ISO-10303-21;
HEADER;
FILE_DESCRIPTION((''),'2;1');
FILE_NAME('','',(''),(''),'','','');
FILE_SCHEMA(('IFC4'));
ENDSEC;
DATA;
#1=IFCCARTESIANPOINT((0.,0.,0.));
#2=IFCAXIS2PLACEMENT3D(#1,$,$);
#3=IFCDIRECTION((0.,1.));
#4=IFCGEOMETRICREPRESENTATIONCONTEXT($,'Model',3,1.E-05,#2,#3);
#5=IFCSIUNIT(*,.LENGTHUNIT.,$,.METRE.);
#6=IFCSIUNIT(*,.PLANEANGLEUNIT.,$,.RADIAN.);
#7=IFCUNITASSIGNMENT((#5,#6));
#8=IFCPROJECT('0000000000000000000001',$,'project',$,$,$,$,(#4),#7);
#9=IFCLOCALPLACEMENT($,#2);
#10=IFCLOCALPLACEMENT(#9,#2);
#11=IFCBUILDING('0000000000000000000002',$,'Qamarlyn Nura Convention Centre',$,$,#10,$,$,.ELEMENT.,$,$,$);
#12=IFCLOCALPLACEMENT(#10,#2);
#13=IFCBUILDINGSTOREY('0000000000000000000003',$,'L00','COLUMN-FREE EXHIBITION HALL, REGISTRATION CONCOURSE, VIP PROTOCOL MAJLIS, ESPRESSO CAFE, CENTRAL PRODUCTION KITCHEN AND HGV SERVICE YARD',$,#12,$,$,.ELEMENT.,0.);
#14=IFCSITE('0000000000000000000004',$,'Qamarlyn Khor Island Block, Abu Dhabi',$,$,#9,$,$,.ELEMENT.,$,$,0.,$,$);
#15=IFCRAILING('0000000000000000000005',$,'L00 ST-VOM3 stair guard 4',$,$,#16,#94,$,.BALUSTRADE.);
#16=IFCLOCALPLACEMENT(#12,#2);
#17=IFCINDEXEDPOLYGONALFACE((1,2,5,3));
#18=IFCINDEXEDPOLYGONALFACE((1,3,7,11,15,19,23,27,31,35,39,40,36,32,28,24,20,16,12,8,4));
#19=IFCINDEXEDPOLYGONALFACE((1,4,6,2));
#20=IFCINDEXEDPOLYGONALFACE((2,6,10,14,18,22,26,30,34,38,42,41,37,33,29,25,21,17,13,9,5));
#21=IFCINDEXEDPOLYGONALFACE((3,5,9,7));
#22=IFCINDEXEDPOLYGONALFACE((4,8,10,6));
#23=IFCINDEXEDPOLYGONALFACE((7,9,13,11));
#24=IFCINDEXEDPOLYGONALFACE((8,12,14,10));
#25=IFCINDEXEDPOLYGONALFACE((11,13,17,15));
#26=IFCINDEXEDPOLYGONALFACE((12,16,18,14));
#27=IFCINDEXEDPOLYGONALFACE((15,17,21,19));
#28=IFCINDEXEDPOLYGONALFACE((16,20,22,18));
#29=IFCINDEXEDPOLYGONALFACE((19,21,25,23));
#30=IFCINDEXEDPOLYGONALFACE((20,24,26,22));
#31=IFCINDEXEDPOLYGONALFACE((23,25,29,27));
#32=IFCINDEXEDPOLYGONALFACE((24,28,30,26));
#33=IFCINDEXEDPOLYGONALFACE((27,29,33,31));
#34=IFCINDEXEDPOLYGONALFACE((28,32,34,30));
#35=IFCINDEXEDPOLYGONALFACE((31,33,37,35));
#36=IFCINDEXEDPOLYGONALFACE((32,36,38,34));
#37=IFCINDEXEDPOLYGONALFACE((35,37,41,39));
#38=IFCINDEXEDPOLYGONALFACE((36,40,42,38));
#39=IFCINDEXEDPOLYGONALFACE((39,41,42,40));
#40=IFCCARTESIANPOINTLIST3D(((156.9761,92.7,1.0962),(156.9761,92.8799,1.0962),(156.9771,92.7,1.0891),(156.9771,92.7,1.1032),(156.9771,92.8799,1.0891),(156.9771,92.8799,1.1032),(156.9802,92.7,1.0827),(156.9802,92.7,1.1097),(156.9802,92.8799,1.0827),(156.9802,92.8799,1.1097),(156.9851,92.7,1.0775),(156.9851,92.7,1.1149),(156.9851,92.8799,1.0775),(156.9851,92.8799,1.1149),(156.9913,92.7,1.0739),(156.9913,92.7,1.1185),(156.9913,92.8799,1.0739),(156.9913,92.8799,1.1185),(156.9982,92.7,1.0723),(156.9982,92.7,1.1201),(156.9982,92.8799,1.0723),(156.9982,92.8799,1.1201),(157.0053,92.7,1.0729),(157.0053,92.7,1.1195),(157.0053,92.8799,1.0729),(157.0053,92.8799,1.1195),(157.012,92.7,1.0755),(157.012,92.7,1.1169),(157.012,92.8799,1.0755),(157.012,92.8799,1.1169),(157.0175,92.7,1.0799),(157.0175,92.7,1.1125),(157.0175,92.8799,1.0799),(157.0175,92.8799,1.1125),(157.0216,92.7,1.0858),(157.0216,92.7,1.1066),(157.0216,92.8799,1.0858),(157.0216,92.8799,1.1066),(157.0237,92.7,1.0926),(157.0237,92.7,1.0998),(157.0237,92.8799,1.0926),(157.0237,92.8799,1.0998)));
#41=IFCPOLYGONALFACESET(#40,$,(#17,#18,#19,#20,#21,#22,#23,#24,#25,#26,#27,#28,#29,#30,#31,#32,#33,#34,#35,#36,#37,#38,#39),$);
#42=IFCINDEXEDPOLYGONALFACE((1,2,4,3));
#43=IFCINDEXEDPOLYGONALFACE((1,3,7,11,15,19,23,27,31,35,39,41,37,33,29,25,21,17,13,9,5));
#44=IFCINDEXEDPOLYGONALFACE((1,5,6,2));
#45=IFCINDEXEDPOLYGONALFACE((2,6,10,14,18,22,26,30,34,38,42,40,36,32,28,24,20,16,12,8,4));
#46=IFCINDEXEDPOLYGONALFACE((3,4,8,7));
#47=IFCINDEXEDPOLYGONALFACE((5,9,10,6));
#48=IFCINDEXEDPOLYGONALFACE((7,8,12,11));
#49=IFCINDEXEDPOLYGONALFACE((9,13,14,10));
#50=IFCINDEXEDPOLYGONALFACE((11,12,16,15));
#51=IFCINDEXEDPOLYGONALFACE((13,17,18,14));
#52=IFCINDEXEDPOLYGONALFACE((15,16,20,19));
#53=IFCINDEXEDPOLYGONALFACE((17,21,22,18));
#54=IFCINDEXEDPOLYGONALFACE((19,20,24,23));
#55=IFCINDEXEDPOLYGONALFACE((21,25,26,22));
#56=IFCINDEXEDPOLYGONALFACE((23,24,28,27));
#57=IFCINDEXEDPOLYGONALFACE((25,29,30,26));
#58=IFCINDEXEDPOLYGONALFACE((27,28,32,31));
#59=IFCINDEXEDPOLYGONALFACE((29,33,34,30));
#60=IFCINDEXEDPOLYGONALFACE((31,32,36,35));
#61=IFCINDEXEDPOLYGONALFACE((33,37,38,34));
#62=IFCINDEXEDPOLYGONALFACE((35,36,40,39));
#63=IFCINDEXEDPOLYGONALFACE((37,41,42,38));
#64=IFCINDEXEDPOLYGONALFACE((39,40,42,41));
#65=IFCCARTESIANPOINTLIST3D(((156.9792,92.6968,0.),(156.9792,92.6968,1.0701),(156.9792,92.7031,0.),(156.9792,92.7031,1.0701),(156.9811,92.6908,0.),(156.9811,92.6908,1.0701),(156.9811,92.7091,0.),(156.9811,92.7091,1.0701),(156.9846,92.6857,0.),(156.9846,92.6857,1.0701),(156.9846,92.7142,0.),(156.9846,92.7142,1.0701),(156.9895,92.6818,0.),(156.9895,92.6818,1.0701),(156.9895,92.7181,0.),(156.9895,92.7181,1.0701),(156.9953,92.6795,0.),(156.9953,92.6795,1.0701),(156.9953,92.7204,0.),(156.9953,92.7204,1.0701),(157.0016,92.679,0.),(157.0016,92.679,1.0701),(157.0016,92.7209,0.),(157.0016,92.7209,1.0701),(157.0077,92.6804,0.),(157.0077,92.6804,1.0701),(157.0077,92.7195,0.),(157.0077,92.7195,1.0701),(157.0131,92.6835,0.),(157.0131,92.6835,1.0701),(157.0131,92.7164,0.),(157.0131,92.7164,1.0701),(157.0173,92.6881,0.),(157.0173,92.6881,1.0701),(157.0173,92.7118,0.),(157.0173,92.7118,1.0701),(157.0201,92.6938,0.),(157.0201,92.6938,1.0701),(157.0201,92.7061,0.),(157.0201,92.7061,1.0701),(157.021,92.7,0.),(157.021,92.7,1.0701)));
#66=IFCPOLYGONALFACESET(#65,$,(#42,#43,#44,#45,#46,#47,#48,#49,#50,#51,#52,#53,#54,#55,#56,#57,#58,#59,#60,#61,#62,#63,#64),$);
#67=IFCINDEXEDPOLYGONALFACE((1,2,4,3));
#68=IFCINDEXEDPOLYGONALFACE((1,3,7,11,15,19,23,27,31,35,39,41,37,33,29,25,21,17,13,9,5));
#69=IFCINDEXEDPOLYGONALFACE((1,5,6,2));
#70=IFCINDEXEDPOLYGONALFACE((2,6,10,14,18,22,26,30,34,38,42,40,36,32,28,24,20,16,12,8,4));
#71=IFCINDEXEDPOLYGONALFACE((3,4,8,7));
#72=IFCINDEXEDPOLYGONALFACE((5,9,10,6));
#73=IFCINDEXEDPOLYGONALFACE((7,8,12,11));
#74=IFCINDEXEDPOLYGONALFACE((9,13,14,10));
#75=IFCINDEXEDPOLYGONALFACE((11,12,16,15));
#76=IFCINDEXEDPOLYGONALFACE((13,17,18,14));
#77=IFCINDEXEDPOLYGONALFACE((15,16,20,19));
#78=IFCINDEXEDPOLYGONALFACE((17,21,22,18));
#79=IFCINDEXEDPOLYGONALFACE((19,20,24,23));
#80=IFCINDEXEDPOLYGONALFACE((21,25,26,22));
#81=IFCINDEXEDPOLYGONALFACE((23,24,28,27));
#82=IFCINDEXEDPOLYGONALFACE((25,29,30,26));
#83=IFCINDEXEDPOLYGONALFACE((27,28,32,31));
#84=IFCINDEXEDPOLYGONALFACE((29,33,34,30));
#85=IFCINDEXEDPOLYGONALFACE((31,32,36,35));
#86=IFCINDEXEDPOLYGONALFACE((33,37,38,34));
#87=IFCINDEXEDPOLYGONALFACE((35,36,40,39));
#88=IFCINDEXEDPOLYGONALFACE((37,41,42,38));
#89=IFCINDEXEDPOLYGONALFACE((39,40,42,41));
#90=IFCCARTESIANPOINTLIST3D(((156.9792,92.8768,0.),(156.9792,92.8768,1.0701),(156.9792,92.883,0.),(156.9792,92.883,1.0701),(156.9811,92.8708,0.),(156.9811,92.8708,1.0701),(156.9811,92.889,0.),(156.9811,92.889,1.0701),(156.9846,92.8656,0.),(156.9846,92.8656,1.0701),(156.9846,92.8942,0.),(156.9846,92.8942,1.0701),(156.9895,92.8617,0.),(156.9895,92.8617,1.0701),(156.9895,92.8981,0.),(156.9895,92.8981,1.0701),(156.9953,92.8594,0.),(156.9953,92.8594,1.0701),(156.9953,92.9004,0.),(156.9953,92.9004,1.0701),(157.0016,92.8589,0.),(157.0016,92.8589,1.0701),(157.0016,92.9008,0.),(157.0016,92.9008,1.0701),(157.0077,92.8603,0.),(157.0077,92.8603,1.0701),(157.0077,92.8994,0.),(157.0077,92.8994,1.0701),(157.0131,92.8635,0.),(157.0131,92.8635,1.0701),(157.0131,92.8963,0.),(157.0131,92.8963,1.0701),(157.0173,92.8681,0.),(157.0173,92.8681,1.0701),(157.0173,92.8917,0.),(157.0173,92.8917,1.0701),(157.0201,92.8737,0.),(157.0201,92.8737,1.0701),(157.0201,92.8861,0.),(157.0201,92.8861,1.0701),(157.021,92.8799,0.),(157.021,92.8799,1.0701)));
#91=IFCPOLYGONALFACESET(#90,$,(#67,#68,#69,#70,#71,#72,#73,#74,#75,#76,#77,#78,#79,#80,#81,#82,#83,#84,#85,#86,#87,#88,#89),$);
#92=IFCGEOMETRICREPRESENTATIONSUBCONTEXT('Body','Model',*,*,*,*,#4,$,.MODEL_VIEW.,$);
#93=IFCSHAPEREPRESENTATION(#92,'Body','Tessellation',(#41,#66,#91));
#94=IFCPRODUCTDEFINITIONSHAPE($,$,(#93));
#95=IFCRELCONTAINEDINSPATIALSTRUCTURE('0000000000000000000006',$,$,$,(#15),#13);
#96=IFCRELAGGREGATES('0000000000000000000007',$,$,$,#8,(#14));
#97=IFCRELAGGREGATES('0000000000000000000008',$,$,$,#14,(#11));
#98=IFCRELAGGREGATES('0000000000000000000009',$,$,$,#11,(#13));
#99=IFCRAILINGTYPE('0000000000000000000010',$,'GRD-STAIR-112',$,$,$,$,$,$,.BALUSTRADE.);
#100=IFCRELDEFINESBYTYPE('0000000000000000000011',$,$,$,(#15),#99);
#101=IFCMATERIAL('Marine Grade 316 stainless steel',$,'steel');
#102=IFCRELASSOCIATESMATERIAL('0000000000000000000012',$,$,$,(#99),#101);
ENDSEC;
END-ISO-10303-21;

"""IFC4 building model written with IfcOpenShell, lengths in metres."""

from ifc_helpers import new_model, si_unit, direction, frame, origin, origin_2d, place, context, subcontext, project, spatial, circle, extrude, material, type_object, element, save


model = new_model("IFC4")

# Units and contexts
model_context = context("Model", 3, precision=1e-05, world=origin(), true_north=direction((0.0, 1.0)))
body_context = subcontext(model_context, "Body", "Model", "MODEL_VIEW")
ifc_project = project(units=[si_unit("LENGTHUNIT", "METRE"), si_unit("PLANEANGLEUNIT", "RADIAN")], contexts=[model_context])

# Site, building, storey
site_placement = place(None, origin())
site = spatial("IfcSite", under=ifc_project, at=site_placement, Name="Qamarlyn Khor Island Block, Abu Dhabi", CompositionType="ELEMENT", RefElevation=0.0)
building_placement = place(site_placement, origin())
building = spatial("IfcBuilding", under=site, at=building_placement, Name="Qamarlyn Nura Convention Centre", CompositionType="ELEMENT")
storey_placement = place(building_placement, origin())
storey = spatial("IfcBuildingStorey", under=building, at=storey_placement, Name="L00", Description="COLUMN-FREE EXHIBITION HALL, REGISTRATION CONCOURSE, VIP PROTOCOL MAJLIS, ESPRESSO CAFE, CENTRAL PRODUCTION KITCHEN AND HGV SERVICE YARD", CompositionType="ELEMENT", Elevation=0.0)

# Railing
ifc_material_1 = material(Name="Marine Grade 316 stainless steel", Category="steel")
railing_type_1 = type_object("IfcRailingType", Name="GRD-STAIR-112", PredefinedType="BALUSTRADE", material=ifc_material_1)
railing_1_placement = place(storey_placement, frame((157.0, 92.7, 0.0)))
element("IfcRailing", 1, at=railing_1_placement, inside=storey, type_object=railing_type_1, Name="L00 ST-VOM3 stair guard 4", PredefinedType="BALUSTRADE", context=body_context, shape_type="SweptSolid", body=[
    extrude(circle(Radius=0.0239, at=origin_2d()), frame((0.0, 0.0, 1.0962), z_axis=(0.0, 1.0, 0.0), x_axis=(-1.0, 0.0, 0.0)), (0.0, 0.0, 1.0), 0.1799),
    extrude(circle(Radius=0.021, at=origin_2d()), origin(), (0.0, 0.0, 1.0), 1.0701),
    extrude(circle(Radius=0.021, at=origin_2d()), frame((0.0, 0.1799, 0.0)), (0.0, 0.0, 1.0), 1.0701),
])

save(model, "model.ifc")
